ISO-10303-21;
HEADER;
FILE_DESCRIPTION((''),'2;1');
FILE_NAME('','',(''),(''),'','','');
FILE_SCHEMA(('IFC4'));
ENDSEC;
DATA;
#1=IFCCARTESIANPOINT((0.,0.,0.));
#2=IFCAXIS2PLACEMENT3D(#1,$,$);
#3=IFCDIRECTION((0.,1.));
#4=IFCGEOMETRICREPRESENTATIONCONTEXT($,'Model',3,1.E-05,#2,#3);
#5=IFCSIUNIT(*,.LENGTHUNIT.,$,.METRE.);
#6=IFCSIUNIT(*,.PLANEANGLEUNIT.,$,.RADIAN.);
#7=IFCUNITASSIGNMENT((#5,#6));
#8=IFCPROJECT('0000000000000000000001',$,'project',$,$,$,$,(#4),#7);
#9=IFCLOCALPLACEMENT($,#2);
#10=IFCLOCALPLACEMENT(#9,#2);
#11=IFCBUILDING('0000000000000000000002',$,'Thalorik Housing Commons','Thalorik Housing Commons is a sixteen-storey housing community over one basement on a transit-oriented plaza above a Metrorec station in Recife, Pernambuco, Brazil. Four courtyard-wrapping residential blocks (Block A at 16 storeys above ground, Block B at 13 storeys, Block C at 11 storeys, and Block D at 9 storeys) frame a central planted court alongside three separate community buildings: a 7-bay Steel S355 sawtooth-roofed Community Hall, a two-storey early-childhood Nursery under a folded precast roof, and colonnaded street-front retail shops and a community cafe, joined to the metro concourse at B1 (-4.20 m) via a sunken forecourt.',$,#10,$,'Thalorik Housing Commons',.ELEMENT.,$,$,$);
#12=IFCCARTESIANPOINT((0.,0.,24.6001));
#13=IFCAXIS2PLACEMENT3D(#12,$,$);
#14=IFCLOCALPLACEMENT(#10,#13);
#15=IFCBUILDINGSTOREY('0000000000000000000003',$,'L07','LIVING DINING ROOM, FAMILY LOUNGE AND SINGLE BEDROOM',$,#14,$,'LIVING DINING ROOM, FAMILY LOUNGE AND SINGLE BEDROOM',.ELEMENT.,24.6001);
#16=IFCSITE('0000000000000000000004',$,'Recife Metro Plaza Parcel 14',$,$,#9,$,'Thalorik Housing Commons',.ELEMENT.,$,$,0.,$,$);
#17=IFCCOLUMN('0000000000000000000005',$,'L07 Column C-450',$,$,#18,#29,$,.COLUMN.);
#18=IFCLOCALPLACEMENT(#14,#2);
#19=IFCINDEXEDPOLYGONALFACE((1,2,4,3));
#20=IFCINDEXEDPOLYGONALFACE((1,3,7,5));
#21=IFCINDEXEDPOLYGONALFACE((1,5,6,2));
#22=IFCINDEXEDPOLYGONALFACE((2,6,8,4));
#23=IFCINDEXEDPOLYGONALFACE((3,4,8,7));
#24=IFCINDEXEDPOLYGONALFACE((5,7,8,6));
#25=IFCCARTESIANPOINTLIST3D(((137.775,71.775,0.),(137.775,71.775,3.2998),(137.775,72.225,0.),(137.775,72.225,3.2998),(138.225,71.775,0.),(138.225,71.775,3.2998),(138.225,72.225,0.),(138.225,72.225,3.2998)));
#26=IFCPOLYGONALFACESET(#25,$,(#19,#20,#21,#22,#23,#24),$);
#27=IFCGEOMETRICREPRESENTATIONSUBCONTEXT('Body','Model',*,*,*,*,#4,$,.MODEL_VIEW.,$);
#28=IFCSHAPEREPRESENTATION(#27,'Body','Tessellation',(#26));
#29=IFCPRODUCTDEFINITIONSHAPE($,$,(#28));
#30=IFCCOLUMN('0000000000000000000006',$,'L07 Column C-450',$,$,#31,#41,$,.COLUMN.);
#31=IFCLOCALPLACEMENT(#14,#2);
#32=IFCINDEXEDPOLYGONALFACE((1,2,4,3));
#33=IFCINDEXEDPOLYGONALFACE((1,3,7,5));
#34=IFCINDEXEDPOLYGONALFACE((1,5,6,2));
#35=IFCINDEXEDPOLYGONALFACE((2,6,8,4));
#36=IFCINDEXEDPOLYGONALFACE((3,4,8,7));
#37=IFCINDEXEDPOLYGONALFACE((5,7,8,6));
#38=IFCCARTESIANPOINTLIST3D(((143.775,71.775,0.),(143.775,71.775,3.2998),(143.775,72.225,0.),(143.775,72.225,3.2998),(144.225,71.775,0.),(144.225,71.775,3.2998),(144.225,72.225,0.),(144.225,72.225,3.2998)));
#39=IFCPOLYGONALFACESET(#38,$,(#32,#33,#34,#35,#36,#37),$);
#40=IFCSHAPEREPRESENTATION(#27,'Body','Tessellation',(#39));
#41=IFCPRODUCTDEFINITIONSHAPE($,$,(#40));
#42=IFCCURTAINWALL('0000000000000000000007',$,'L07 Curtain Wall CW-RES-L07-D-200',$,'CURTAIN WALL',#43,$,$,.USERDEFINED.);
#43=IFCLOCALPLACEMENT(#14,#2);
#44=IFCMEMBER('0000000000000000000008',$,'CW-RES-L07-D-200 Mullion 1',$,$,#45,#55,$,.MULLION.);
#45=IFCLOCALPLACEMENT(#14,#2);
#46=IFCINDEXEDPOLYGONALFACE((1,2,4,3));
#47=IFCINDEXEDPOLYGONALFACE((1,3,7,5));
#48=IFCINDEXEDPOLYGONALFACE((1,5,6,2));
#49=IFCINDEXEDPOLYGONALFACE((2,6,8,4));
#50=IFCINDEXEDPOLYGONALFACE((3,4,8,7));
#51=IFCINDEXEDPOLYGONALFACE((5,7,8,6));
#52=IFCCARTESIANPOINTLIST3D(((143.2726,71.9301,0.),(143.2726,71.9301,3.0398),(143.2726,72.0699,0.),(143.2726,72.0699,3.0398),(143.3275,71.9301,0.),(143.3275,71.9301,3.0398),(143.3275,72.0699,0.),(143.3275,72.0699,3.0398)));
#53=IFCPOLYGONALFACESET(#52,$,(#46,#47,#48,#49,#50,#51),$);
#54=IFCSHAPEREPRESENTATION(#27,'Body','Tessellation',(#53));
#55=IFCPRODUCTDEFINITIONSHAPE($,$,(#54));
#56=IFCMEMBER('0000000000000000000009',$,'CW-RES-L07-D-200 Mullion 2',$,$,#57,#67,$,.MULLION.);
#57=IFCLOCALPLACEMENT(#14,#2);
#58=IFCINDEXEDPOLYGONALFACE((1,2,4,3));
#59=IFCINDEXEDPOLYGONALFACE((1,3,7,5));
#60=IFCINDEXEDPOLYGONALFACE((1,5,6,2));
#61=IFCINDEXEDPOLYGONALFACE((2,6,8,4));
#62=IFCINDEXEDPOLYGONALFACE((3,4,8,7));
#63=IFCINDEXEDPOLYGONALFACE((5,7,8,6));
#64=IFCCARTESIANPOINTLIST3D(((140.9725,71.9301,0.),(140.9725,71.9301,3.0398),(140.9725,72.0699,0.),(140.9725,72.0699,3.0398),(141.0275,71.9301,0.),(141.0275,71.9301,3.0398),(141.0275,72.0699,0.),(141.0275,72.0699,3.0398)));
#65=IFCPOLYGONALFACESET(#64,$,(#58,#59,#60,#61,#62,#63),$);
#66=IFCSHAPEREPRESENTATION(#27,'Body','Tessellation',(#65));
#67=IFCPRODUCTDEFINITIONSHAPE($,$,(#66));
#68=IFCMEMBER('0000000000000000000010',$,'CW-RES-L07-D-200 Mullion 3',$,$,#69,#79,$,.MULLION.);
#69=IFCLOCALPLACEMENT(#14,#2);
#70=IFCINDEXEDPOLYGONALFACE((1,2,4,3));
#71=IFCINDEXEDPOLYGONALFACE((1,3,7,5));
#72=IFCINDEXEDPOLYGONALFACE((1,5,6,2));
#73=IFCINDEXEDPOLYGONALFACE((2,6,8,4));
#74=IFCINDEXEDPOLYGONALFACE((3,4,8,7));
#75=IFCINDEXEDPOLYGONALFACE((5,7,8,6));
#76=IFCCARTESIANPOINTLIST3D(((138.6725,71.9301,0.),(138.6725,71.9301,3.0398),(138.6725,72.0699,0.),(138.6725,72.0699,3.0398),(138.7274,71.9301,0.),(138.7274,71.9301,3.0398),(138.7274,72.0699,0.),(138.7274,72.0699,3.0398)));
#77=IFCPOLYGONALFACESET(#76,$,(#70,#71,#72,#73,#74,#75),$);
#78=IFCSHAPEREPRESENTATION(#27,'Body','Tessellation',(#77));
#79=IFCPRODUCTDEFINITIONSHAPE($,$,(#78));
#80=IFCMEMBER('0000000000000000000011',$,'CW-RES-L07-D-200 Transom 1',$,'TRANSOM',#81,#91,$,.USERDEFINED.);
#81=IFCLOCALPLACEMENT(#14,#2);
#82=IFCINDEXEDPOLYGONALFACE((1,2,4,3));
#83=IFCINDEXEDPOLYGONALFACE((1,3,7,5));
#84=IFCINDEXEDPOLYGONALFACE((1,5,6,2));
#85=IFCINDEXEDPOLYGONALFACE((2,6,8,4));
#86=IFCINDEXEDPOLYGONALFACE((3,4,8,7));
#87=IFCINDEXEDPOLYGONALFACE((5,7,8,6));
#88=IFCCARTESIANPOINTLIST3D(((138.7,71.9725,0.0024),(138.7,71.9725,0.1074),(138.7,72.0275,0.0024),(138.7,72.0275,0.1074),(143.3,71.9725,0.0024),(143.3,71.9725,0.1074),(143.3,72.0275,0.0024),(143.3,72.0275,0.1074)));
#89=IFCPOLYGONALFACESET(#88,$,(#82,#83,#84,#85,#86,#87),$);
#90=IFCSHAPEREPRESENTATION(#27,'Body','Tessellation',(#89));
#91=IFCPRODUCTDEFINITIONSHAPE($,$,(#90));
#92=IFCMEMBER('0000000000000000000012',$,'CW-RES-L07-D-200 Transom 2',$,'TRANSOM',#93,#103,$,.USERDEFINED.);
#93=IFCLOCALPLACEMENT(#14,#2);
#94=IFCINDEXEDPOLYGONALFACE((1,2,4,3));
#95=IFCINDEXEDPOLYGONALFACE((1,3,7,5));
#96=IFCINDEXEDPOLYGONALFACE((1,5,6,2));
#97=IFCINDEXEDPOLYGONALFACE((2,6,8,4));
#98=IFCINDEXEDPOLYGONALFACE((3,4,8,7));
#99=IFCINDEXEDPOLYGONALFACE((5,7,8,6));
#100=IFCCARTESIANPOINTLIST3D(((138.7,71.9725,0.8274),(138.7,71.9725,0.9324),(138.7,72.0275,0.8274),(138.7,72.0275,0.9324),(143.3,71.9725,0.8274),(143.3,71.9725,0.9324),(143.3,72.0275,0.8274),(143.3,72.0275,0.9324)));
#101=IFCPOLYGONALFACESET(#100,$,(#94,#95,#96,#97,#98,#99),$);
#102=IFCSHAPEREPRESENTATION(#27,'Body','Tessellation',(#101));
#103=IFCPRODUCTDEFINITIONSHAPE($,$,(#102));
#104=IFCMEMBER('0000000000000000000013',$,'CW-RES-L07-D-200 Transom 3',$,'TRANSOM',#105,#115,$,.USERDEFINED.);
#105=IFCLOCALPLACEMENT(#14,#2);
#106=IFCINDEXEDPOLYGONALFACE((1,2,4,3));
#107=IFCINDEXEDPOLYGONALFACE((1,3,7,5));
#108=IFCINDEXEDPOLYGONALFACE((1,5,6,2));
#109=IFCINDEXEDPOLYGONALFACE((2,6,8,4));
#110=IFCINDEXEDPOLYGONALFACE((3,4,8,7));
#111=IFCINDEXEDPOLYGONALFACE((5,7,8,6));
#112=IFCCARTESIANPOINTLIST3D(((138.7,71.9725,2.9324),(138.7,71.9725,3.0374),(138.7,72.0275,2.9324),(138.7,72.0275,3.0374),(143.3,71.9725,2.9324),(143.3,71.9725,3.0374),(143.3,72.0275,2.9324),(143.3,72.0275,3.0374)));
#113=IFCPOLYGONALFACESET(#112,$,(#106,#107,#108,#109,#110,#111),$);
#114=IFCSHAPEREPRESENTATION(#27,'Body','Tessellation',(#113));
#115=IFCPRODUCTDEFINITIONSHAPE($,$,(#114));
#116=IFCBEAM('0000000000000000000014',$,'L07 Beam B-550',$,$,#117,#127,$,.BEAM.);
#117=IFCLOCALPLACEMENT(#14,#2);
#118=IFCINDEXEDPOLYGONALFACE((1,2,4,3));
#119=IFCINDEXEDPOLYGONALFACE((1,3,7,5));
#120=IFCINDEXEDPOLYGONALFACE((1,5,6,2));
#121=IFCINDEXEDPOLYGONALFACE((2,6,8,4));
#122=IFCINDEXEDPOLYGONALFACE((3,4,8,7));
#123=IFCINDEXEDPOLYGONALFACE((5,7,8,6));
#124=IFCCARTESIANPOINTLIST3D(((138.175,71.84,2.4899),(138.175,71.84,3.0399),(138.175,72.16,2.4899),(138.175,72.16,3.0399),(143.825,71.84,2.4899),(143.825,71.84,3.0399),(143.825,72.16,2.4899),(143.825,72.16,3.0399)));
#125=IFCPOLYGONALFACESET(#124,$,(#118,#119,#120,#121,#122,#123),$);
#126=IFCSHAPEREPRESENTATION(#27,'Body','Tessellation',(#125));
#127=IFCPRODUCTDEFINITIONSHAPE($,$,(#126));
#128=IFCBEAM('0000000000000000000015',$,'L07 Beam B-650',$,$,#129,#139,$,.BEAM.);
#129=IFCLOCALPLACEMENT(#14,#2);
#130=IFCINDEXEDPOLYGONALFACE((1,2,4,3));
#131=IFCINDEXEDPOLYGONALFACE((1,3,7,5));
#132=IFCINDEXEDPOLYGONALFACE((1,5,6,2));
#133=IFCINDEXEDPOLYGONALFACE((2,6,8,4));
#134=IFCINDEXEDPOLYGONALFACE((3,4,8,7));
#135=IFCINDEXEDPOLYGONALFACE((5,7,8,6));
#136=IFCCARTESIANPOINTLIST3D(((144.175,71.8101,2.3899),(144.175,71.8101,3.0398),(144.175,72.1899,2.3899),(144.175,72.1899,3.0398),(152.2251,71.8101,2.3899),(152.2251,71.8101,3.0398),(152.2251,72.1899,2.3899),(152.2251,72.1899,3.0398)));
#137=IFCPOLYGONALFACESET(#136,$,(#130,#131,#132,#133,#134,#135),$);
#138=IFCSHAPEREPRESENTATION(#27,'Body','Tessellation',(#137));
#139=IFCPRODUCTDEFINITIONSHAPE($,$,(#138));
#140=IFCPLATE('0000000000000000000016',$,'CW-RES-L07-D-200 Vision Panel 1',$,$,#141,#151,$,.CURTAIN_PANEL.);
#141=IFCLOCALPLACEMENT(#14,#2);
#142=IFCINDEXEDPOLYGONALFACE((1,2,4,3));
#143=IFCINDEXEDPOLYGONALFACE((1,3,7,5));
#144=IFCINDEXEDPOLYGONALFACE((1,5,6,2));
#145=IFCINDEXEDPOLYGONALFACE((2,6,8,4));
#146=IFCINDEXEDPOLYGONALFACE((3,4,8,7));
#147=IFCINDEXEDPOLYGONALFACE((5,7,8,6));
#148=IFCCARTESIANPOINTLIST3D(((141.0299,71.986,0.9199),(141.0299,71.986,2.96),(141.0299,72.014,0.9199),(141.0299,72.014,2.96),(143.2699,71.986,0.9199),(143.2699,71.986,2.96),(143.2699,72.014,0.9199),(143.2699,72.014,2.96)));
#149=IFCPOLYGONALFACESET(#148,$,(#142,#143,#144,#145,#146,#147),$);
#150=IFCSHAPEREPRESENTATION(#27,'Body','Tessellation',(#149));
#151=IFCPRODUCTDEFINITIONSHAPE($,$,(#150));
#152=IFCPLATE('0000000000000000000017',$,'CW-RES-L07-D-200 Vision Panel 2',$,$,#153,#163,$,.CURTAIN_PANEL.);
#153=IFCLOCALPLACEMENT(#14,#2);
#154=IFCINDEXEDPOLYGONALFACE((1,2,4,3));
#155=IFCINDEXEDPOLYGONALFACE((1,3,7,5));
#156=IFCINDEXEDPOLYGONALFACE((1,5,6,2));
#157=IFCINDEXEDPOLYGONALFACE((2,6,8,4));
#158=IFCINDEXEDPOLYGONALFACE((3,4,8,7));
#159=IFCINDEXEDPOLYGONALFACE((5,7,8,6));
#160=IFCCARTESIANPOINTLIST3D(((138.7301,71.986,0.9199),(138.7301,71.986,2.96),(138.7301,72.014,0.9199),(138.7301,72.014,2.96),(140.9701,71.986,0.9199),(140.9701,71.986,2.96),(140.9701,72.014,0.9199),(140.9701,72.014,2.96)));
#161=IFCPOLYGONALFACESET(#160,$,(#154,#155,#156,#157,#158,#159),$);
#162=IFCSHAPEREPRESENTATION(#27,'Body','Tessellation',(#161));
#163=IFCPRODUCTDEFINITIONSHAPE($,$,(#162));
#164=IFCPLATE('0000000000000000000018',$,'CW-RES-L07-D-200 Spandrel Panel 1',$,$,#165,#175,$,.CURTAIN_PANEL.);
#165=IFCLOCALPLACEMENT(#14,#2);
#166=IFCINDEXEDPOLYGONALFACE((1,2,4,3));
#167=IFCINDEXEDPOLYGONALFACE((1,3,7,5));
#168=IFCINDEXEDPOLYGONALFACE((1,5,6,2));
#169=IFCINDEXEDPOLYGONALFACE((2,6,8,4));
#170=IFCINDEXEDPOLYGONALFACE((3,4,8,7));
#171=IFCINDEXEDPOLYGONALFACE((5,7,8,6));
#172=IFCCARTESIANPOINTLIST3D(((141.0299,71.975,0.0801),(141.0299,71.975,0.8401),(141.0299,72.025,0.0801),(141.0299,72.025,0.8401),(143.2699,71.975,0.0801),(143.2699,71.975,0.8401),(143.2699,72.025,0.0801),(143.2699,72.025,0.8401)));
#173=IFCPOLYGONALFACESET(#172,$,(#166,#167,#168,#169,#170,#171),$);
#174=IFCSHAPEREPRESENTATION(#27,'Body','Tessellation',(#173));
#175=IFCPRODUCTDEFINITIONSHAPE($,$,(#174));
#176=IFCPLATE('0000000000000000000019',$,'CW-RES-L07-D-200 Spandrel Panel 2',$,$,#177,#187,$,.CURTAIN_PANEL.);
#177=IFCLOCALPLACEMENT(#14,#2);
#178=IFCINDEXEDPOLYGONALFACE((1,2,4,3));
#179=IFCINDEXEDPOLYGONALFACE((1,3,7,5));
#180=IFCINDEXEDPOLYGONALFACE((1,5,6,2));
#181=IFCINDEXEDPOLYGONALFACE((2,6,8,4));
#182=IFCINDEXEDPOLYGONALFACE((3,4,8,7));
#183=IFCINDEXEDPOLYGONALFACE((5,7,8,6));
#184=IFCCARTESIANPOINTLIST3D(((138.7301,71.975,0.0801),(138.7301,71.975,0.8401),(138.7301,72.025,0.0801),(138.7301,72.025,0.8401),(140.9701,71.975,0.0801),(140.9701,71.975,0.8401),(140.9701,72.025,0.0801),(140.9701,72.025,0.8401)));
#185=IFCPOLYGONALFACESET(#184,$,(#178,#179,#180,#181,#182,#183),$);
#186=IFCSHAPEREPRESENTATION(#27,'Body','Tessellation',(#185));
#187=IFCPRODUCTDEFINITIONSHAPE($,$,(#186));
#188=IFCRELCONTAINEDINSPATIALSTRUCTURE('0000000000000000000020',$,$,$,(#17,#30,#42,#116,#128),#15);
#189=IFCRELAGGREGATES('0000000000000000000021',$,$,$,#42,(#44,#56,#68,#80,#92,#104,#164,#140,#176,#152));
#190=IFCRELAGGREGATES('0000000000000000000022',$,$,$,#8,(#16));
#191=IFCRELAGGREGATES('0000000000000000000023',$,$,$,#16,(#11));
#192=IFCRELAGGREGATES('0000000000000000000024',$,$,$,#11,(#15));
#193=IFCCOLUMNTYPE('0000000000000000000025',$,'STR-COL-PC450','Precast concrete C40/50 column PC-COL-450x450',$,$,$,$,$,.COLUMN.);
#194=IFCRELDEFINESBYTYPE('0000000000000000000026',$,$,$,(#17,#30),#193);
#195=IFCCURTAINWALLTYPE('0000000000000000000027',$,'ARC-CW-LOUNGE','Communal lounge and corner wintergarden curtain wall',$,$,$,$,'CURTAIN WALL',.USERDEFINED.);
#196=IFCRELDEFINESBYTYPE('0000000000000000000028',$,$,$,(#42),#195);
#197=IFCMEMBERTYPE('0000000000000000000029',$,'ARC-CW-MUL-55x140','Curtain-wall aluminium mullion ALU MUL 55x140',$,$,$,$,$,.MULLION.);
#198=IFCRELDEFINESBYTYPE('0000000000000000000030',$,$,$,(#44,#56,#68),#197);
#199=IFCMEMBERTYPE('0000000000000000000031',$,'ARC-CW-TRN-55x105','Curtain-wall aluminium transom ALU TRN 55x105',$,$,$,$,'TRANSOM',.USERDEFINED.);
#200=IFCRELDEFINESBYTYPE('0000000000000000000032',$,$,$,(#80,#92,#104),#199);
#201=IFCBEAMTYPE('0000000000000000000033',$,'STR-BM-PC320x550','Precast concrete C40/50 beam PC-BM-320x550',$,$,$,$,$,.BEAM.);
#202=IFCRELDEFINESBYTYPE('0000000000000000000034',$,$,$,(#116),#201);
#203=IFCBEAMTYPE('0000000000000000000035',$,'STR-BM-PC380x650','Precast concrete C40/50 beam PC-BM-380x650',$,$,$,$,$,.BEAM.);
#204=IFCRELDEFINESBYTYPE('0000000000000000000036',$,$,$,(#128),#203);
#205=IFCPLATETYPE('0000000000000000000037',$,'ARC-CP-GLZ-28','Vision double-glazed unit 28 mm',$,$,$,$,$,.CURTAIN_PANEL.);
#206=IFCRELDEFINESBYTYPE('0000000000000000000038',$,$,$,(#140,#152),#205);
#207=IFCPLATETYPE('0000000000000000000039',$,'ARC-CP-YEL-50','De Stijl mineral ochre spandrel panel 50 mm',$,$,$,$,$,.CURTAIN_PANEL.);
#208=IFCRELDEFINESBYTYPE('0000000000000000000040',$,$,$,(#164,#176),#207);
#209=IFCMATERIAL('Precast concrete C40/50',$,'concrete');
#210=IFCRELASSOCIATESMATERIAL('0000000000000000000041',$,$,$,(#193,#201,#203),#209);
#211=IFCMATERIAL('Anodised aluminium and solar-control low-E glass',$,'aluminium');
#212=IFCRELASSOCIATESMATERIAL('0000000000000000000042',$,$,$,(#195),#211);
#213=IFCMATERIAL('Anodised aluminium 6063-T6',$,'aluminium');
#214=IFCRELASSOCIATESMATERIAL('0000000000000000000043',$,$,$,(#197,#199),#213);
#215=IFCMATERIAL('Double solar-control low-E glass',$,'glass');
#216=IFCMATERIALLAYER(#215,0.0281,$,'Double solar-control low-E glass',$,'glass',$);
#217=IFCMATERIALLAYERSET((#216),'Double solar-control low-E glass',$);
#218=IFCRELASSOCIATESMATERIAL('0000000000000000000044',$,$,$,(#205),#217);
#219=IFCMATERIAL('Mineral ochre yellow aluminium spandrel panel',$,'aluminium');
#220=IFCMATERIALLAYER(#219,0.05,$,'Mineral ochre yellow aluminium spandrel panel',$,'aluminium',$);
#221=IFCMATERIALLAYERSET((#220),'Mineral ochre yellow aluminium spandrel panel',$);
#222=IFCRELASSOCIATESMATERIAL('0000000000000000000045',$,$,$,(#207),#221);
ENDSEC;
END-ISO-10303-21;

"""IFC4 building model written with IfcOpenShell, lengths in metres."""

from ifc_helpers import new_model, si_unit, direction, frame, origin, origin_2d, place, context, subcontext, project, spatial, rectangle, extrude, material, layer, layer_set, material_profile, profile_set, type_object, element, aggregate, save


model = new_model("IFC4")

# Units and contexts
model_context = context("Model", 3, precision=1e-05, world=origin(), true_north=direction((0.0, 1.0)))
body_context = subcontext(model_context, "Body", "Model", "MODEL_VIEW")
ifc_project = project(units=[si_unit("LENGTHUNIT", "METRE"), si_unit("PLANEANGLEUNIT", "RADIAN")], contexts=[model_context])

# Site, building, storey
site_placement = place(None, origin())
site = spatial("IfcSite", under=ifc_project, at=site_placement, Name="Recife Metro Plaza Parcel 14", LongName="Thalorik Housing Commons", CompositionType="ELEMENT", RefElevation=0.0)
building_placement = place(site_placement, origin())
building = spatial("IfcBuilding", under=site, at=building_placement, Name="Thalorik Housing Commons", Description="Thalorik Housing Commons is a sixteen-storey housing community over one basement on a transit-oriented plaza above a Metrorec station in Recife, Pernambuco, Brazil. Four courtyard-wrapping residential blocks (Block A at 16 storeys above ground, Block B at 13 storeys, Block C at 11 storeys, and Block D at 9 storeys) frame a central planted court alongside three separate community buildings: a 7-bay Steel S355 sawtooth-roofed Community Hall, a two-storey early-childhood Nursery under a folded precast roof, and colonnaded street-front retail shops and a community cafe, joined to the metro concourse at B1 (-4.20 m) via a sunken forecourt.", LongName="Thalorik Housing Commons", CompositionType="ELEMENT")
storey_placement = place(building_placement, frame((0.0, 0.0, 24.6001)))
storey = spatial("IfcBuildingStorey", under=building, at=storey_placement, Name="L07", Description="LIVING DINING ROOM, FAMILY LOUNGE AND SINGLE BEDROOM", LongName="LIVING DINING ROOM, FAMILY LOUNGE AND SINGLE BEDROOM", CompositionType="ELEMENT", Elevation=24.6001)

# Columns
ifc_material_1 = material(Name="Precast concrete C40/50", Category="concrete")
ifc_material_profile_1 = material_profile(ifc_material_1, rectangle(XDim=0.45, YDim=0.45, at=origin_2d()), Name="PC 450x450", Category="concrete")
ifc_profile_set_1 = profile_set([ifc_material_profile_1], Name="Precast concrete C40/50")
column_type = type_object("IfcColumnType", Name="STR-COL-PC450", Description="Precast concrete C40/50 column PC-COL-450x450", PredefinedType="COLUMN", material=ifc_profile_set_1)
for number, where, z_axis, x_axis, name in (
    (1, (138.0, 72.0, 0.0), (0.0, 0.0, 1.0), (1.0, 0.0, 0.0), "L07 Column C-450"),
    (2, (144.0, 72.0, 0.0), (0.0, 0.0, 1.0), (1.0, 0.0, 0.0), "L07 Column C-450"),
):
    element("IfcColumn", number, at=place(storey_placement, frame(where, z_axis=z_axis, x_axis=x_axis)), inside=storey, type_object=column_type, Name=name, PredefinedType="COLUMN", context=body_context, shape_type="SweptSolid", body=[
        extrude(rectangle(XDim=0.45, YDim=0.45, at=origin_2d()), origin(), (0.0, 0.0, 1.0), 3.2998),
    ])

# Curtain wall, members
ifc_material_2 = material(Name="Anodised aluminium and solar-control low-E glass", Category="aluminium")
curtain_wall_type = type_object("IfcCurtainWallType", Name="ARC-CW-LOUNGE", Description="Communal lounge and corner wintergarden curtain wall", ElementType="CURTAIN WALL", PredefinedType="USERDEFINED", material=ifc_material_2)
curtain_wall_placement = place(storey_placement, origin())
curtain_wall = element("IfcCurtainWall", 3, at=curtain_wall_placement, inside=storey, type_object=curtain_wall_type, Name="L07 Curtain Wall CW-RES-L07-D-200", ObjectType="CURTAIN WALL", PredefinedType="USERDEFINED")
ifc_material_3 = material(Name="Anodised aluminium 6063-T6", Category="aluminium")
ifc_material_profile_2 = material_profile(ifc_material_3, rectangle(XDim=0.0549, YDim=0.1399, at=origin_2d()), Name="ALU MUL 55x140", Category="aluminium")
ifc_profile_set_2 = profile_set([ifc_material_profile_2], Name="Anodised aluminium 6063-T6")
member_type_1 = type_object("IfcMemberType", Name="ARC-CW-MUL-55x140", Description="Curtain-wall aluminium mullion ALU MUL 55x140", PredefinedType="MULLION", material=ifc_profile_set_2)
member_1_placement = place(storey_placement, frame((143.3, 72.0, 0.0), z_axis=(0.0, 0.0, 1.0), x_axis=(-1.0, 0.0, 0.0)))
member_1 = element("IfcMember", 4, at=member_1_placement, type_object=member_type_1, Name="CW-RES-L07-D-200 Mullion 1", PredefinedType="MULLION", context=body_context, shape_type="SweptSolid", body=[
    extrude(rectangle(XDim=0.0549, YDim=0.1399, at=origin_2d()), origin(), (0.0, 0.0, 1.0), 3.0398),
])
member_2_placement = place(storey_placement, frame((141.0, 72.0, 0.0), z_axis=(0.0, 0.0, 1.0), x_axis=(-1.0, 0.0, 0.0)))
member_2 = element("IfcMember", 5, at=member_2_placement, type_object=member_type_1, Name="CW-RES-L07-D-200 Mullion 2", PredefinedType="MULLION", context=body_context, shape_type="SweptSolid", body=[
    extrude(rectangle(XDim=0.0549, YDim=0.1399, at=origin_2d()), origin(), (0.0, 0.0, 1.0), 3.0398),
])
member_3_placement = place(storey_placement, frame((138.7, 72.0, 0.0), z_axis=(0.0, 0.0, 1.0), x_axis=(-1.0, 0.0, 0.0)))
member_3 = element("IfcMember", 6, at=member_3_placement, type_object=member_type_1, Name="CW-RES-L07-D-200 Mullion 3", PredefinedType="MULLION", context=body_context, shape_type="SweptSolid", body=[
    extrude(rectangle(XDim=0.0549, YDim=0.1399, at=origin_2d()), origin(), (0.0, 0.0, 1.0), 3.0398),
])
ifc_material_profile_3 = material_profile(ifc_material_3, rectangle(XDim=0.0549, YDim=0.105, at=origin_2d()), Name="ALU TRN 55x105", Category="aluminium")
ifc_profile_set_3 = profile_set([ifc_material_profile_3], Name="Anodised aluminium 6063-T6")
member_type_2 = type_object("IfcMemberType", Name="ARC-CW-TRN-55x105", Description="Curtain-wall aluminium transom ALU TRN 55x105", ElementType="TRANSOM", PredefinedType="USERDEFINED", material=ifc_profile_set_3)
member_4_placement = place(storey_placement, frame((143.3, 72.0, 0.0549), z_axis=(-1.0, 0.0, 0.0), x_axis=(0.0, -1.0, 0.0)))
member_4 = element("IfcMember", 7, at=member_4_placement, type_object=member_type_2, Name="CW-RES-L07-D-200 Transom 1", ObjectType="TRANSOM", PredefinedType="USERDEFINED", context=body_context, shape_type="SweptSolid", body=[
    extrude(rectangle(XDim=0.0549, YDim=0.105, at=origin_2d()), origin(), (0.0, 0.0, 1.0), 4.6001),
])
member_5_placement = place(storey_placement, frame((143.3, 72.0, 0.8799), z_axis=(-1.0, 0.0, 0.0), x_axis=(0.0, -1.0, 0.0)))
member_5 = element("IfcMember", 8, at=member_5_placement, type_object=member_type_2, Name="CW-RES-L07-D-200 Transom 2", ObjectType="TRANSOM", PredefinedType="USERDEFINED", context=body_context, shape_type="SweptSolid", body=[
    extrude(rectangle(XDim=0.0549, YDim=0.105, at=origin_2d()), origin(), (0.0, 0.0, 1.0), 4.6001),
])
member_6_placement = place(storey_placement, frame((143.3, 72.0, 2.9849), z_axis=(-1.0, 0.0, 0.0), x_axis=(0.0, -1.0, 0.0)))
member_6 = element("IfcMember", 9, at=member_6_placement, type_object=member_type_2, Name="CW-RES-L07-D-200 Transom 3", ObjectType="TRANSOM", PredefinedType="USERDEFINED", context=body_context, shape_type="SweptSolid", body=[
    extrude(rectangle(XDim=0.0549, YDim=0.105, at=origin_2d()), origin(), (0.0, 0.0, 1.0), 4.6001),
])

# Beams
ifc_material_profile_4 = material_profile(ifc_material_1, rectangle(XDim=0.3201, YDim=0.55, at=origin_2d()), Name="PC 320x550", Category="concrete")
ifc_profile_set_4 = profile_set([ifc_material_profile_4], Name="Precast concrete C40/50")
beam_type_1 = type_object("IfcBeamType", Name="STR-BM-PC320x550", Description="Precast concrete C40/50 beam PC-BM-320x550", PredefinedType="BEAM", material=ifc_profile_set_4)
beam_1_placement = place(storey_placement, frame((138.175, 72.0, 2.7649), z_axis=(1.0, 0.0, 0.0), x_axis=(0.0, 1.0, 0.0)))
element("IfcBeam", 10, at=beam_1_placement, inside=storey, type_object=beam_type_1, Name="L07 Beam B-550", PredefinedType="BEAM", context=body_context, shape_type="SweptSolid", body=[
    extrude(rectangle(XDim=0.3201, YDim=0.55, at=origin_2d()), origin(), (0.0, 0.0, 1.0), 5.6499),
])
ifc_material_profile_5 = material_profile(ifc_material_1, rectangle(XDim=0.3799, YDim=0.6499, at=origin_2d()), Name="PC 380x650", Category="concrete")
ifc_profile_set_5 = profile_set([ifc_material_profile_5], Name="Precast concrete C40/50")
beam_type_2 = type_object("IfcBeamType", Name="STR-BM-PC380x650", Description="Precast concrete C40/50 beam PC-BM-380x650", PredefinedType="BEAM", material=ifc_profile_set_5)
beam_2_placement = place(storey_placement, frame((144.175, 72.0, 2.7148), z_axis=(1.0, 0.0, 0.0), x_axis=(0.0, 1.0, 0.0)))
element("IfcBeam", 11, at=beam_2_placement, inside=storey, type_object=beam_type_2, Name="L07 Beam B-650", PredefinedType="BEAM", context=body_context, shape_type="SweptSolid", body=[
    extrude(rectangle(XDim=0.3799, YDim=0.6499, at=origin_2d()), origin(), (0.0, 0.0, 1.0), 8.05),
])

# Plates
ifc_material_4 = material(Name="Double solar-control low-E glass", Category="glass")
ifc_layer_1 = layer(ifc_material_4, 0.0281, Name="Double solar-control low-E glass", Category="glass")
ifc_layer_set_1 = layer_set([ifc_layer_1], Name="Double solar-control low-E glass")
plate_type_1 = type_object("IfcPlateType", Name="ARC-CP-GLZ-28", Description="Vision double-glazed unit 28 mm", PredefinedType="CURTAIN_PANEL", material=ifc_layer_set_1)
plate_1_placement = place(storey_placement, frame((142.1499, 72.0, 0.9199), z_axis=(0.0, 0.0, 1.0), x_axis=(-1.0, 0.0, 0.0)))
plate_1 = element("IfcPlate", 12, at=plate_1_placement, type_object=plate_type_1, Name="CW-RES-L07-D-200 Vision Panel 1", PredefinedType="CURTAIN_PANEL", context=body_context, shape_type="SweptSolid", body=[
    extrude(rectangle(XDim=2.24, YDim=0.0281, at=origin_2d()), origin(), (0.0, 0.0, 1.0), 2.04),
])
plate_2_placement = place(storey_placement, frame((139.8501, 72.0, 0.9199), z_axis=(0.0, 0.0, 1.0), x_axis=(-1.0, 0.0, 0.0)))
plate_2 = element("IfcPlate", 13, at=plate_2_placement, type_object=plate_type_1, Name="CW-RES-L07-D-200 Vision Panel 2", PredefinedType="CURTAIN_PANEL", context=body_context, shape_type="SweptSolid", body=[
    extrude(rectangle(XDim=2.24, YDim=0.0281, at=origin_2d()), origin(), (0.0, 0.0, 1.0), 2.04),
])
ifc_material_5 = material(Name="Mineral ochre yellow aluminium spandrel panel", Category="aluminium")
ifc_layer_2 = layer(ifc_material_5, 0.05, Name="Mineral ochre yellow aluminium spandrel panel", Category="aluminium")
ifc_layer_set_2 = layer_set([ifc_layer_2], Name="Mineral ochre yellow aluminium spandrel panel")
plate_type_2 = type_object("IfcPlateType", Name="ARC-CP-YEL-50", Description="De Stijl mineral ochre spandrel panel 50 mm", PredefinedType="CURTAIN_PANEL", material=ifc_layer_set_2)
plate_3_placement = place(storey_placement, frame((142.1499, 72.0, 0.0801), z_axis=(0.0, 0.0, 1.0), x_axis=(-1.0, 0.0, 0.0)))
plate_3 = element("IfcPlate", 14, at=plate_3_placement, type_object=plate_type_2, Name="CW-RES-L07-D-200 Spandrel Panel 1", PredefinedType="CURTAIN_PANEL", context=body_context, shape_type="SweptSolid", body=[
    extrude(rectangle(XDim=2.24, YDim=0.05, at=origin_2d()), origin(), (0.0, 0.0, 1.0), 0.76),
])
plate_4_placement = place(storey_placement, frame((139.8501, 72.0, 0.0801), z_axis=(0.0, 0.0, 1.0), x_axis=(-1.0, 0.0, 0.0)))
plate_4 = element("IfcPlate", 15, at=plate_4_placement, type_object=plate_type_2, Name="CW-RES-L07-D-200 Spandrel Panel 2", PredefinedType="CURTAIN_PANEL", context=body_context, shape_type="SweptSolid", body=[
    extrude(rectangle(XDim=2.24, YDim=0.05, at=origin_2d()), origin(), (0.0, 0.0, 1.0), 0.76),
])
aggregate(curtain_wall, [member_1, member_2, member_3, member_4, member_5, member_6, plate_3, plate_1, plate_4, plate_2])

save(model, "model.ifc")
